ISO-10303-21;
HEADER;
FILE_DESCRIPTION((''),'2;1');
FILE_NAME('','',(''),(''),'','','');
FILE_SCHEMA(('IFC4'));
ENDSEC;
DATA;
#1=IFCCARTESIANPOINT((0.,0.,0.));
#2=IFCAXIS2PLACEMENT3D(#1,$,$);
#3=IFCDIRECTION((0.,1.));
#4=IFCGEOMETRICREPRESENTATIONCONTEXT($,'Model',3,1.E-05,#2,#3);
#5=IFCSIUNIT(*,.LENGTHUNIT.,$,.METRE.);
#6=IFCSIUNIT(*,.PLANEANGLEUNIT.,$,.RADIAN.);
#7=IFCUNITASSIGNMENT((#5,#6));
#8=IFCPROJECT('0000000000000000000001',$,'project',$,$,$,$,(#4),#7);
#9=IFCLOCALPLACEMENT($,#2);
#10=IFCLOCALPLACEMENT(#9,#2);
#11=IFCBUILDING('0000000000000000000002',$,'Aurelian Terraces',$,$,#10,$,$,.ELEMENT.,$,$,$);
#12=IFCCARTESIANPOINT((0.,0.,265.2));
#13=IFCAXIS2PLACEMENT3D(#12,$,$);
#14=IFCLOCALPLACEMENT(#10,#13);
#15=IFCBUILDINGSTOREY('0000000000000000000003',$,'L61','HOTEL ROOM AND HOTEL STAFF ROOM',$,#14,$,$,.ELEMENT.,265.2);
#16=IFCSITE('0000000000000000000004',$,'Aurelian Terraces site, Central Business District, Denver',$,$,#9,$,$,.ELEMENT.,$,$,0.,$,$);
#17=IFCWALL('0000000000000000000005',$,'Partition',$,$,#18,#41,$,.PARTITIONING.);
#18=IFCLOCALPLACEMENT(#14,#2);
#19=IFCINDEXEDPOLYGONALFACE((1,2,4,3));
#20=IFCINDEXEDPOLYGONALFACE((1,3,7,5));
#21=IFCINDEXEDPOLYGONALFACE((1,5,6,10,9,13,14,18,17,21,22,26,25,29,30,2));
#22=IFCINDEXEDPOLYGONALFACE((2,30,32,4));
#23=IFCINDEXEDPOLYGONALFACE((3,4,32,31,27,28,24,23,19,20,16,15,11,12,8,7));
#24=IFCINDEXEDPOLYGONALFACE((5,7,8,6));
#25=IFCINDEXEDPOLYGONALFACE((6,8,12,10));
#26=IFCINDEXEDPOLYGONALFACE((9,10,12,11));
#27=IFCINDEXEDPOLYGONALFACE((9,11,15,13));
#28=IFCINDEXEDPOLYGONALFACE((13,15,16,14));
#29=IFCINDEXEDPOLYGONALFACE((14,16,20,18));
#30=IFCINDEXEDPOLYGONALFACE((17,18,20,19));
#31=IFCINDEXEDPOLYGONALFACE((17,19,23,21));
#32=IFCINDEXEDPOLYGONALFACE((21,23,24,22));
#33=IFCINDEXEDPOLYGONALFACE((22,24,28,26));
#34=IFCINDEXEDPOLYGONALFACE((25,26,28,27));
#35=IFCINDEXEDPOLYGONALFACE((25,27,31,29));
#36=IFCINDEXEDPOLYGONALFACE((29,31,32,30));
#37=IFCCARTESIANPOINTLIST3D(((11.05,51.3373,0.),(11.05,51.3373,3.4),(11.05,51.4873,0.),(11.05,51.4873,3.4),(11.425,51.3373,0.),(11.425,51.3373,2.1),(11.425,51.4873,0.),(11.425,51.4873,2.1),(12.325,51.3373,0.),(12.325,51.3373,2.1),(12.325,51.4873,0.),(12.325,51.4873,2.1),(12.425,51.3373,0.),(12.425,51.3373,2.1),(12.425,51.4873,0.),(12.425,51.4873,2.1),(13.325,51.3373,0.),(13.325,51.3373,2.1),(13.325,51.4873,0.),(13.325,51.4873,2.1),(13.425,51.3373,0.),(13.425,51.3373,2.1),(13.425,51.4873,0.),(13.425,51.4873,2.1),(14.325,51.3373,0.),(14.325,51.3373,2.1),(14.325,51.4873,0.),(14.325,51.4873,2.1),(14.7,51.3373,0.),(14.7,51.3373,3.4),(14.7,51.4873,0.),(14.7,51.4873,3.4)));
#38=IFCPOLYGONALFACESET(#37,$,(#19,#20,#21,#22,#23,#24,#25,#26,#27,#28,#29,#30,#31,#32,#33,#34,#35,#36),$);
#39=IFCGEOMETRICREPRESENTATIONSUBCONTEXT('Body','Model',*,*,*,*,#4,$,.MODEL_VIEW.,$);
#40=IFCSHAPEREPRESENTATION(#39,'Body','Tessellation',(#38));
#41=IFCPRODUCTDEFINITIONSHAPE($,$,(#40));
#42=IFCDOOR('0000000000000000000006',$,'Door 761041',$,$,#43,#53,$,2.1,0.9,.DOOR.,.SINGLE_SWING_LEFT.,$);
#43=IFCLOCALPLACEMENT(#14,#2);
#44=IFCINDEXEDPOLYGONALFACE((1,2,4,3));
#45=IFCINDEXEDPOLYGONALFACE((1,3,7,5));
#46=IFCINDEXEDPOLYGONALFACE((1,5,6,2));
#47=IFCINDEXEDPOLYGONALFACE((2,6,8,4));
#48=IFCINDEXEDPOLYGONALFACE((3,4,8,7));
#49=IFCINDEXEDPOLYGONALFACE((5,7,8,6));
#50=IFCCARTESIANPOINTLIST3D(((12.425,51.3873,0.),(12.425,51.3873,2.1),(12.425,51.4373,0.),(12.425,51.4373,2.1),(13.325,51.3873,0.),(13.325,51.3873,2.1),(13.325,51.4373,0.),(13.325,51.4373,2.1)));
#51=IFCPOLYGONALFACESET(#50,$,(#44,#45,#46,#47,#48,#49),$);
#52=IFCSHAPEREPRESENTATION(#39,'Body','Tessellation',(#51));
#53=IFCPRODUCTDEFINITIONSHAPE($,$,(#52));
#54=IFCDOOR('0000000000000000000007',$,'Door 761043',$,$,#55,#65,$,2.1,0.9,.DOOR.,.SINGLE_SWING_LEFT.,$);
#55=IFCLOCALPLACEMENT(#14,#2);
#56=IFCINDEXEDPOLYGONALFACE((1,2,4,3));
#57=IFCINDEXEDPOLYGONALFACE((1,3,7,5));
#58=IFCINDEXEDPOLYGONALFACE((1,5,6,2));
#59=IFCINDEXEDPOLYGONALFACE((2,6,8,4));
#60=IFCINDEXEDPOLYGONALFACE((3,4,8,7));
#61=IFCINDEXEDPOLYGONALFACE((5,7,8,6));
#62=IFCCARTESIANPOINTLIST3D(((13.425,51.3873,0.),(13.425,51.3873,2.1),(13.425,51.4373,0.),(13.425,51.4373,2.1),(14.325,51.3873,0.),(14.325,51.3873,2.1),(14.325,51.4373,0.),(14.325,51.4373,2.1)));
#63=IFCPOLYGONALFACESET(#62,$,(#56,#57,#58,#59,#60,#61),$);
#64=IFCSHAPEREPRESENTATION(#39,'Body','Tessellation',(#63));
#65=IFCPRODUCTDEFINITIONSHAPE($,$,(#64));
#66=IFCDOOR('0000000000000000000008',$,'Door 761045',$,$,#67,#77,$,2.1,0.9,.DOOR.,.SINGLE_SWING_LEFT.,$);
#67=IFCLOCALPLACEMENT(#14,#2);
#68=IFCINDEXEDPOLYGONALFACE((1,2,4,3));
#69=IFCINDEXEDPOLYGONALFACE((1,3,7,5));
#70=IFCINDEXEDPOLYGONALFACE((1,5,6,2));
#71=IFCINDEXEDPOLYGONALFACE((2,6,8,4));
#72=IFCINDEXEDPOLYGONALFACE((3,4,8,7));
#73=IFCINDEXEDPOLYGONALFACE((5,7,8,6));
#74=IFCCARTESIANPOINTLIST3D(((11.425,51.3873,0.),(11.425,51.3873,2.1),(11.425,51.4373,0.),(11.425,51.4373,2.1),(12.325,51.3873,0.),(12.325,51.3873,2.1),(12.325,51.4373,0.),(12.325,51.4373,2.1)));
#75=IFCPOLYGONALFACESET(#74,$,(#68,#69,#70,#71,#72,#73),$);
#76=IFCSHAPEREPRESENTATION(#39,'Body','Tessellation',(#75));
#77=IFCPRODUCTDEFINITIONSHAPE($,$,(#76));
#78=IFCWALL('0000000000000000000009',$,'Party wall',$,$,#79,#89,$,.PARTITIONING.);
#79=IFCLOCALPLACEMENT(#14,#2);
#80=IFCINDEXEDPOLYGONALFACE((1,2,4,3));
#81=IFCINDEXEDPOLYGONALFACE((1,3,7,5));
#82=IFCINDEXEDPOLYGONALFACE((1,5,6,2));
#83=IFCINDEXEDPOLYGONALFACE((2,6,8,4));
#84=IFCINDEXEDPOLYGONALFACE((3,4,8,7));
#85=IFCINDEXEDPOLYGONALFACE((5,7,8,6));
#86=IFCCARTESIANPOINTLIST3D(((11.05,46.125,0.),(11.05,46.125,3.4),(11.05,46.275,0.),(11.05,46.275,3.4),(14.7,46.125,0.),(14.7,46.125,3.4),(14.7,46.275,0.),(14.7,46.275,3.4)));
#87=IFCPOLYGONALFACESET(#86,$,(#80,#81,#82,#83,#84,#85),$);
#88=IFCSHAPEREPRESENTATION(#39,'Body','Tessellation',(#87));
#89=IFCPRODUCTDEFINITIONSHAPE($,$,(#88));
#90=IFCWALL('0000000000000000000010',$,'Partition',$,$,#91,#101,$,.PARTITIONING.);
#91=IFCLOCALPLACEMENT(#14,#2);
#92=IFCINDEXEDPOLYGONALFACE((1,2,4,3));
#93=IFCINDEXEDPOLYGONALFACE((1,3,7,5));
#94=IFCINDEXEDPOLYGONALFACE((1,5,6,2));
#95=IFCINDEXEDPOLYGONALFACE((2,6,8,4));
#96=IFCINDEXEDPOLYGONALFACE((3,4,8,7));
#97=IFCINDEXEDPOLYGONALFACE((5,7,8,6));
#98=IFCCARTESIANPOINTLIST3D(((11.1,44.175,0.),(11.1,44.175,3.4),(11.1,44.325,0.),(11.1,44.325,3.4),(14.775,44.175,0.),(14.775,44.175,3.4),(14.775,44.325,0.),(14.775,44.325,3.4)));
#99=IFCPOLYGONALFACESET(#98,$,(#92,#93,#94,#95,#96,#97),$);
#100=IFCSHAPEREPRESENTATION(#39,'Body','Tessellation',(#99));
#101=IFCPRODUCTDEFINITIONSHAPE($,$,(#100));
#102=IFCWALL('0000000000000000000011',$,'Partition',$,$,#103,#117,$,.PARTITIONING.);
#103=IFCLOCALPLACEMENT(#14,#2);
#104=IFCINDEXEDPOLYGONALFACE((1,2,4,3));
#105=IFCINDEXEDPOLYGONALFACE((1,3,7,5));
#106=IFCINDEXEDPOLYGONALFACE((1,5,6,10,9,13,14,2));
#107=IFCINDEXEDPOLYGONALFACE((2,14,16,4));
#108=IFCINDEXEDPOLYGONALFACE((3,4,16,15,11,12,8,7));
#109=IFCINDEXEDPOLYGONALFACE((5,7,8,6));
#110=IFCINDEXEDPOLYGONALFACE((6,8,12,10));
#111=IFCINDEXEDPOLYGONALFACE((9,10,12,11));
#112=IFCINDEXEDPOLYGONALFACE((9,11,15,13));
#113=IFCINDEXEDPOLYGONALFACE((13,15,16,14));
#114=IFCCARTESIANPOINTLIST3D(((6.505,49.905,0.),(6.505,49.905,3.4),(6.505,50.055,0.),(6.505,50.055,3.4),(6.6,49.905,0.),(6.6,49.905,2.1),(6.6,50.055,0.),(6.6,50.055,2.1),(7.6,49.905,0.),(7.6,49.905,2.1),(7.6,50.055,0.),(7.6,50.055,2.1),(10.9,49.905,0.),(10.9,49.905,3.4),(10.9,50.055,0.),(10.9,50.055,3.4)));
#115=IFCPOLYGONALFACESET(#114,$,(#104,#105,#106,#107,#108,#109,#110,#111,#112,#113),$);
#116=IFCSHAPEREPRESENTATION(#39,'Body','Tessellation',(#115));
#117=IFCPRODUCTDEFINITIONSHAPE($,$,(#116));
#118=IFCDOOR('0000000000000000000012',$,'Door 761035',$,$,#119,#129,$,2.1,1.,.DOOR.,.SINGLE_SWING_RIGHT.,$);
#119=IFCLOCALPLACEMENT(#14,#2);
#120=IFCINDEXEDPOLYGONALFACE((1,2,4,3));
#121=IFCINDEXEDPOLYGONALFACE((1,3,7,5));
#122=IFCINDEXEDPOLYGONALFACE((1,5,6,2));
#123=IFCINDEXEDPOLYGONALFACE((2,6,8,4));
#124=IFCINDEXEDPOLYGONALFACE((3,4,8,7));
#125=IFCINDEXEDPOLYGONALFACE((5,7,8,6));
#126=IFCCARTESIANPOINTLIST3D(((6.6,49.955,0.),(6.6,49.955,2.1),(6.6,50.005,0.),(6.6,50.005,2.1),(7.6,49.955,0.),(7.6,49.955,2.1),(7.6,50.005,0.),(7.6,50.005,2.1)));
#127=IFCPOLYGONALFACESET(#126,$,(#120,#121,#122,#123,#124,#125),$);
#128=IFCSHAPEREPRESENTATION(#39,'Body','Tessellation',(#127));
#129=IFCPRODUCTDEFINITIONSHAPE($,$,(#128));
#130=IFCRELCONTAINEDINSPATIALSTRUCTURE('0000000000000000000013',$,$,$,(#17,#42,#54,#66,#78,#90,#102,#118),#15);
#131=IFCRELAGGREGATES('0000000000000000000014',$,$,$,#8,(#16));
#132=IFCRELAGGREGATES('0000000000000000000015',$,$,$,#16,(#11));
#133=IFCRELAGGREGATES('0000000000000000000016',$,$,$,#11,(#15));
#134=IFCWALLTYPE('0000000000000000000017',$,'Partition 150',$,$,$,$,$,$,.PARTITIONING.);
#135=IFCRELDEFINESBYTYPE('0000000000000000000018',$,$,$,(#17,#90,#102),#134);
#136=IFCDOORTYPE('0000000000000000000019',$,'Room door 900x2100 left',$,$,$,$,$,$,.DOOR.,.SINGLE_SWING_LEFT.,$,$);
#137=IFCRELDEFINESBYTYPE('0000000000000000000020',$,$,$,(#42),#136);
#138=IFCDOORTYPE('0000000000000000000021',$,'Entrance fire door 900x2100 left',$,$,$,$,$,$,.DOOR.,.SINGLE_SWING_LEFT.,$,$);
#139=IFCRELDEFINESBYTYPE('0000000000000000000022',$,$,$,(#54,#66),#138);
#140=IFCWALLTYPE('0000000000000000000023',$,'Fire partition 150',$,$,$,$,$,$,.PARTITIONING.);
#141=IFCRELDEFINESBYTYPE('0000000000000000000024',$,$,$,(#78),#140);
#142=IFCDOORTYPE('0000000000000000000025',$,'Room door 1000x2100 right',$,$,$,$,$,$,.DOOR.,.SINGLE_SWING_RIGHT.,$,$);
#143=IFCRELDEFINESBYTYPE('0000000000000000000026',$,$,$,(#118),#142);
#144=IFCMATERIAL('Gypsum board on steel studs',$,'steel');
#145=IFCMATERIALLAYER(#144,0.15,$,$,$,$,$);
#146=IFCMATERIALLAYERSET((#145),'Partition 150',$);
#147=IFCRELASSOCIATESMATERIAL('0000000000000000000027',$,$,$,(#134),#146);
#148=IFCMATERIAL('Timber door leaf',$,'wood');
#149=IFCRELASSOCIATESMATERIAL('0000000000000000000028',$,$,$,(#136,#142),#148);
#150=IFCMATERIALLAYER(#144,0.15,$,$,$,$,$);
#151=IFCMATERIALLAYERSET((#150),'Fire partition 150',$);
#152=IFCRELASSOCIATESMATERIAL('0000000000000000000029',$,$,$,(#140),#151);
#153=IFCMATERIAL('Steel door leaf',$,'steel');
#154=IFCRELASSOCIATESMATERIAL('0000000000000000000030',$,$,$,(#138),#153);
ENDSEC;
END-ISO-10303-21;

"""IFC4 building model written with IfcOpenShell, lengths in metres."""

from ifc_helpers import new_model, si_unit, direction, frame, frame_2d, origin, place, context, subcontext, project, spatial, rectangle, extrude, source, transform, mapped, material, layer, layer_set, type_object, element, fill, save


model = new_model("IFC4")

# Units and contexts
model_context = context("Model", 3, precision=1e-05, world=origin(), true_north=direction((0.0, 1.0)))
body_context = subcontext(model_context, "Body", "Model", "MODEL_VIEW")
ifc_project = project(units=[si_unit("LENGTHUNIT", "METRE"), si_unit("PLANEANGLEUNIT", "RADIAN")], contexts=[model_context])

# Site, building, storey
site_placement = place(None, origin())
site = spatial("IfcSite", under=ifc_project, at=site_placement, Name="Aurelian Terraces site, Central Business District, Denver", CompositionType="ELEMENT", RefElevation=0.0)
building_placement = place(site_placement, origin())
building = spatial("IfcBuilding", under=site, at=building_placement, Name="Aurelian Terraces", CompositionType="ELEMENT")
storey_placement = place(building_placement, frame((0.0, 0.0, 265.2)))
storey = spatial("IfcBuildingStorey", under=building, at=storey_placement, Name="L61", Description="HOTEL ROOM AND HOTEL STAFF ROOM", CompositionType="ELEMENT", Elevation=265.2)

# Shared definitions
ifc_material_1 = material(Name="Gypsum board on steel studs", Category="steel")
ifc_layer_1 = layer(ifc_material_1, 0.15)
ifc_layer_set_1 = layer_set([ifc_layer_1], Name="Partition 150")
wall_type_1 = type_object("IfcWallType", Name="Partition 150", PredefinedType="PARTITIONING", material=ifc_layer_set_1)

# Shared definitions
shared_shape_1 = source(origin(), body_context, "Body", "SweptSolid", [
    extrude(rectangle(XDim=0.9, YDim=2.1, at=frame_2d((0.45, 1.05))), frame((0.0, 0.085, 0.0), z_axis=(0.0, -1.0, 0.0), x_axis=(1.0, 0.0, 0.0)), (0.0, 0.0, 1.0), 0.17),
])
ifc_material_2 = material(Name="Timber door leaf", Category="wood")
shared_shape_2 = source(origin(), body_context, "Body", "SweptSolid", [
    extrude(rectangle(XDim=0.9, YDim=2.1, at=frame_2d((0.45, 1.05))), frame((0.0, 0.025, 0.0), z_axis=(0.0, -1.0, 0.0), x_axis=(1.0, 0.0, 0.0)), (0.0, 0.0, 1.0), 0.05),
])
door_type_1 = type_object("IfcDoorType", Name="Room door 900x2100 left", OperationType="SINGLE_SWING_LEFT", PredefinedType="DOOR", material=ifc_material_2)

# Shared definitions
ifc_layer_2 = layer(ifc_material_1, 0.15)
ifc_layer_set_2 = layer_set([ifc_layer_2], Name="Fire partition 150")
wall_type_2 = type_object("IfcWallType", Name="Fire partition 150", PredefinedType="PARTITIONING", material=ifc_layer_set_2)
ifc_material_3 = material(Name="Steel door leaf", Category="steel")

# Shared definitions
shared_shape_3 = source(origin(), body_context, "Body", "SweptSolid", [
    extrude(rectangle(XDim=3.65, YDim=0.15, at=frame_2d((1.825, 0.0))), origin(), (0.0, 0.0, 1.0), 3.4),
])

# Wall, openings, doors
wall_1_placement = place(storey_placement, frame((14.7, 51.4123, 0.0), z_axis=(0.0, 0.0, 1.0), x_axis=(-1.0, 0.0, 0.0)))
wall_1 = element("IfcWall", 1, at=wall_1_placement, inside=storey, type_object=wall_type_1, Name="Partition", PredefinedType="PARTITIONING", context=body_context, shape_type="MappedRepresentation", body=[
    mapped(shared_shape_3, transform((0.0, 0.0, 0.0), scale=1.0)),
])
opening_1_placement = place(wall_1_placement, frame((1.375, 0.0, 0.0)))
opening_1 = element("IfcOpeningElement", 2, at=opening_1_placement, cuts=wall_1, PredefinedType="OPENING", context=body_context, shape_type="MappedRepresentation", body=[
    mapped(shared_shape_1, transform((0.0, 0.0, 0.0), scale=1.0)),
])
opening_2_placement = place(wall_1_placement, frame((0.375, 0.0, 0.0)))
opening_2 = element("IfcOpeningElement", 3, at=opening_2_placement, cuts=wall_1, PredefinedType="OPENING", context=body_context, shape_type="MappedRepresentation", body=[
    mapped(shared_shape_1, transform((0.0, 0.0, 0.0), scale=1.0)),
])
opening_3_placement = place(wall_1_placement, frame((2.375, 0.0, 0.0)))
opening_3 = element("IfcOpeningElement", 4, at=opening_3_placement, cuts=wall_1, PredefinedType="OPENING", context=body_context, shape_type="MappedRepresentation", body=[
    mapped(shared_shape_1, transform((0.0, 0.0, 0.0), scale=1.0)),
])
door_1_placement = place(opening_1_placement, origin())
door_1 = element("IfcDoor", 5, at=door_1_placement, inside=storey, type_object=door_type_1, Name="Door 761041", OperationType="SINGLE_SWING_LEFT", OverallHeight=2.1, OverallWidth=0.9, PredefinedType="DOOR", context=body_context, shape_type="MappedRepresentation", body=[
    mapped(shared_shape_2, transform((0.0, 0.0, 0.0), scale=1.0)),
])
fill(opening_1, door_1)
door_type_2 = type_object("IfcDoorType", Name="Entrance fire door 900x2100 left", OperationType="SINGLE_SWING_LEFT", PredefinedType="DOOR", material=ifc_material_3)
door_2_placement = place(opening_2_placement, origin())
door_2 = element("IfcDoor", 6, at=door_2_placement, inside=storey, type_object=door_type_2, Name="Door 761043", OperationType="SINGLE_SWING_LEFT", OverallHeight=2.1, OverallWidth=0.9, PredefinedType="DOOR", context=body_context, shape_type="MappedRepresentation", body=[
    mapped(shared_shape_2, transform((0.0, 0.0, 0.0), scale=1.0)),
])
fill(opening_2, door_2)
door_3_placement = place(opening_3_placement, origin())
door_3 = element("IfcDoor", 7, at=door_3_placement, inside=storey, type_object=door_type_2, Name="Door 761045", OperationType="SINGLE_SWING_LEFT", OverallHeight=2.1, OverallWidth=0.9, PredefinedType="DOOR", context=body_context, shape_type="MappedRepresentation", body=[
    mapped(shared_shape_2, transform((0.0, 0.0, 0.0), scale=1.0)),
])
fill(opening_3, door_3)

# Walls
wall_2_placement = place(storey_placement, frame((14.7, 46.2, 0.0), z_axis=(0.0, 0.0, 1.0), x_axis=(-1.0, 0.0, 0.0)))
element("IfcWall", 8, at=wall_2_placement, inside=storey, type_object=wall_type_2, Name="Party wall", PredefinedType="PARTITIONING", context=body_context, shape_type="MappedRepresentation", body=[
    mapped(shared_shape_3, transform((0.0, 0.0, 0.0), scale=1.0)),
])
shared_shape_4 = source(origin(), body_context, "Body", "SweptSolid", [
    extrude(rectangle(XDim=3.675, YDim=0.15, at=frame_2d((1.8375, 0.0))), origin(), (0.0, 0.0, 1.0), 3.4),
])
wall_3_placement = place(storey_placement, frame((14.775, 44.25, 0.0), z_axis=(0.0, 0.0, 1.0), x_axis=(-1.0, 0.0, 0.0)))
element("IfcWall", 9, at=wall_3_placement, inside=storey, type_object=wall_type_1, Name="Partition", PredefinedType="PARTITIONING", context=body_context, shape_type="MappedRepresentation", body=[
    mapped(shared_shape_4, transform((0.0, 0.0, 0.0), scale=1.0)),
])

# Wall, opening, door
shared_shape_5 = source(origin(), body_context, "Body", "SweptSolid", [
    extrude(rectangle(XDim=4.395, YDim=0.15, at=frame_2d((2.1975, 0.0))), origin(), (0.0, 0.0, 1.0), 3.4),
])
wall_4_placement = place(storey_placement, frame((10.9, 49.98, 0.0), z_axis=(0.0, 0.0, 1.0), x_axis=(-1.0, 0.0, 0.0)))
wall_4 = element("IfcWall", 10, at=wall_4_placement, inside=storey, type_object=wall_type_1, Name="Partition", PredefinedType="PARTITIONING", context=body_context, shape_type="MappedRepresentation", body=[
    mapped(shared_shape_5, transform((0.0, 0.0, 0.0), scale=1.0)),
])
shared_shape_6 = source(origin(), body_context, "Body", "SweptSolid", [
    extrude(rectangle(XDim=1.0, YDim=2.1, at=frame_2d((0.5, 1.05))), frame((0.0, 0.085, 0.0), z_axis=(0.0, -1.0, 0.0), x_axis=(1.0, 0.0, 0.0)), (0.0, 0.0, 1.0), 0.17),
])
opening_4_placement = place(wall_4_placement, frame((3.3, 0.0, 0.0)))
opening_4 = element("IfcOpeningElement", 11, at=opening_4_placement, cuts=wall_4, PredefinedType="OPENING", context=body_context, shape_type="MappedRepresentation", body=[
    mapped(shared_shape_6, transform((0.0, 0.0, 0.0), scale=1.0)),
])
door_type_3 = type_object("IfcDoorType", Name="Room door 1000x2100 right", OperationType="SINGLE_SWING_RIGHT", PredefinedType="DOOR", material=ifc_material_2)
shared_shape_7 = source(origin(), body_context, "Body", "SweptSolid", [
    extrude(rectangle(XDim=1.0, YDim=2.1, at=frame_2d((0.5, 1.05))), frame((0.0, 0.025, 0.0), z_axis=(0.0, -1.0, 0.0), x_axis=(1.0, 0.0, 0.0)), (0.0, 0.0, 1.0), 0.05),
])
door_4_placement = place(opening_4_placement, origin())
door_4 = element("IfcDoor", 12, at=door_4_placement, inside=storey, type_object=door_type_3, Name="Door 761035", OperationType="SINGLE_SWING_RIGHT", OverallHeight=2.1, OverallWidth=1.0, PredefinedType="DOOR", context=body_context, shape_type="MappedRepresentation", body=[
    mapped(shared_shape_7, transform((0.0, 0.0, 0.0), scale=1.0)),
])
fill(opening_4, door_4)

save(model, "model.ifc")
